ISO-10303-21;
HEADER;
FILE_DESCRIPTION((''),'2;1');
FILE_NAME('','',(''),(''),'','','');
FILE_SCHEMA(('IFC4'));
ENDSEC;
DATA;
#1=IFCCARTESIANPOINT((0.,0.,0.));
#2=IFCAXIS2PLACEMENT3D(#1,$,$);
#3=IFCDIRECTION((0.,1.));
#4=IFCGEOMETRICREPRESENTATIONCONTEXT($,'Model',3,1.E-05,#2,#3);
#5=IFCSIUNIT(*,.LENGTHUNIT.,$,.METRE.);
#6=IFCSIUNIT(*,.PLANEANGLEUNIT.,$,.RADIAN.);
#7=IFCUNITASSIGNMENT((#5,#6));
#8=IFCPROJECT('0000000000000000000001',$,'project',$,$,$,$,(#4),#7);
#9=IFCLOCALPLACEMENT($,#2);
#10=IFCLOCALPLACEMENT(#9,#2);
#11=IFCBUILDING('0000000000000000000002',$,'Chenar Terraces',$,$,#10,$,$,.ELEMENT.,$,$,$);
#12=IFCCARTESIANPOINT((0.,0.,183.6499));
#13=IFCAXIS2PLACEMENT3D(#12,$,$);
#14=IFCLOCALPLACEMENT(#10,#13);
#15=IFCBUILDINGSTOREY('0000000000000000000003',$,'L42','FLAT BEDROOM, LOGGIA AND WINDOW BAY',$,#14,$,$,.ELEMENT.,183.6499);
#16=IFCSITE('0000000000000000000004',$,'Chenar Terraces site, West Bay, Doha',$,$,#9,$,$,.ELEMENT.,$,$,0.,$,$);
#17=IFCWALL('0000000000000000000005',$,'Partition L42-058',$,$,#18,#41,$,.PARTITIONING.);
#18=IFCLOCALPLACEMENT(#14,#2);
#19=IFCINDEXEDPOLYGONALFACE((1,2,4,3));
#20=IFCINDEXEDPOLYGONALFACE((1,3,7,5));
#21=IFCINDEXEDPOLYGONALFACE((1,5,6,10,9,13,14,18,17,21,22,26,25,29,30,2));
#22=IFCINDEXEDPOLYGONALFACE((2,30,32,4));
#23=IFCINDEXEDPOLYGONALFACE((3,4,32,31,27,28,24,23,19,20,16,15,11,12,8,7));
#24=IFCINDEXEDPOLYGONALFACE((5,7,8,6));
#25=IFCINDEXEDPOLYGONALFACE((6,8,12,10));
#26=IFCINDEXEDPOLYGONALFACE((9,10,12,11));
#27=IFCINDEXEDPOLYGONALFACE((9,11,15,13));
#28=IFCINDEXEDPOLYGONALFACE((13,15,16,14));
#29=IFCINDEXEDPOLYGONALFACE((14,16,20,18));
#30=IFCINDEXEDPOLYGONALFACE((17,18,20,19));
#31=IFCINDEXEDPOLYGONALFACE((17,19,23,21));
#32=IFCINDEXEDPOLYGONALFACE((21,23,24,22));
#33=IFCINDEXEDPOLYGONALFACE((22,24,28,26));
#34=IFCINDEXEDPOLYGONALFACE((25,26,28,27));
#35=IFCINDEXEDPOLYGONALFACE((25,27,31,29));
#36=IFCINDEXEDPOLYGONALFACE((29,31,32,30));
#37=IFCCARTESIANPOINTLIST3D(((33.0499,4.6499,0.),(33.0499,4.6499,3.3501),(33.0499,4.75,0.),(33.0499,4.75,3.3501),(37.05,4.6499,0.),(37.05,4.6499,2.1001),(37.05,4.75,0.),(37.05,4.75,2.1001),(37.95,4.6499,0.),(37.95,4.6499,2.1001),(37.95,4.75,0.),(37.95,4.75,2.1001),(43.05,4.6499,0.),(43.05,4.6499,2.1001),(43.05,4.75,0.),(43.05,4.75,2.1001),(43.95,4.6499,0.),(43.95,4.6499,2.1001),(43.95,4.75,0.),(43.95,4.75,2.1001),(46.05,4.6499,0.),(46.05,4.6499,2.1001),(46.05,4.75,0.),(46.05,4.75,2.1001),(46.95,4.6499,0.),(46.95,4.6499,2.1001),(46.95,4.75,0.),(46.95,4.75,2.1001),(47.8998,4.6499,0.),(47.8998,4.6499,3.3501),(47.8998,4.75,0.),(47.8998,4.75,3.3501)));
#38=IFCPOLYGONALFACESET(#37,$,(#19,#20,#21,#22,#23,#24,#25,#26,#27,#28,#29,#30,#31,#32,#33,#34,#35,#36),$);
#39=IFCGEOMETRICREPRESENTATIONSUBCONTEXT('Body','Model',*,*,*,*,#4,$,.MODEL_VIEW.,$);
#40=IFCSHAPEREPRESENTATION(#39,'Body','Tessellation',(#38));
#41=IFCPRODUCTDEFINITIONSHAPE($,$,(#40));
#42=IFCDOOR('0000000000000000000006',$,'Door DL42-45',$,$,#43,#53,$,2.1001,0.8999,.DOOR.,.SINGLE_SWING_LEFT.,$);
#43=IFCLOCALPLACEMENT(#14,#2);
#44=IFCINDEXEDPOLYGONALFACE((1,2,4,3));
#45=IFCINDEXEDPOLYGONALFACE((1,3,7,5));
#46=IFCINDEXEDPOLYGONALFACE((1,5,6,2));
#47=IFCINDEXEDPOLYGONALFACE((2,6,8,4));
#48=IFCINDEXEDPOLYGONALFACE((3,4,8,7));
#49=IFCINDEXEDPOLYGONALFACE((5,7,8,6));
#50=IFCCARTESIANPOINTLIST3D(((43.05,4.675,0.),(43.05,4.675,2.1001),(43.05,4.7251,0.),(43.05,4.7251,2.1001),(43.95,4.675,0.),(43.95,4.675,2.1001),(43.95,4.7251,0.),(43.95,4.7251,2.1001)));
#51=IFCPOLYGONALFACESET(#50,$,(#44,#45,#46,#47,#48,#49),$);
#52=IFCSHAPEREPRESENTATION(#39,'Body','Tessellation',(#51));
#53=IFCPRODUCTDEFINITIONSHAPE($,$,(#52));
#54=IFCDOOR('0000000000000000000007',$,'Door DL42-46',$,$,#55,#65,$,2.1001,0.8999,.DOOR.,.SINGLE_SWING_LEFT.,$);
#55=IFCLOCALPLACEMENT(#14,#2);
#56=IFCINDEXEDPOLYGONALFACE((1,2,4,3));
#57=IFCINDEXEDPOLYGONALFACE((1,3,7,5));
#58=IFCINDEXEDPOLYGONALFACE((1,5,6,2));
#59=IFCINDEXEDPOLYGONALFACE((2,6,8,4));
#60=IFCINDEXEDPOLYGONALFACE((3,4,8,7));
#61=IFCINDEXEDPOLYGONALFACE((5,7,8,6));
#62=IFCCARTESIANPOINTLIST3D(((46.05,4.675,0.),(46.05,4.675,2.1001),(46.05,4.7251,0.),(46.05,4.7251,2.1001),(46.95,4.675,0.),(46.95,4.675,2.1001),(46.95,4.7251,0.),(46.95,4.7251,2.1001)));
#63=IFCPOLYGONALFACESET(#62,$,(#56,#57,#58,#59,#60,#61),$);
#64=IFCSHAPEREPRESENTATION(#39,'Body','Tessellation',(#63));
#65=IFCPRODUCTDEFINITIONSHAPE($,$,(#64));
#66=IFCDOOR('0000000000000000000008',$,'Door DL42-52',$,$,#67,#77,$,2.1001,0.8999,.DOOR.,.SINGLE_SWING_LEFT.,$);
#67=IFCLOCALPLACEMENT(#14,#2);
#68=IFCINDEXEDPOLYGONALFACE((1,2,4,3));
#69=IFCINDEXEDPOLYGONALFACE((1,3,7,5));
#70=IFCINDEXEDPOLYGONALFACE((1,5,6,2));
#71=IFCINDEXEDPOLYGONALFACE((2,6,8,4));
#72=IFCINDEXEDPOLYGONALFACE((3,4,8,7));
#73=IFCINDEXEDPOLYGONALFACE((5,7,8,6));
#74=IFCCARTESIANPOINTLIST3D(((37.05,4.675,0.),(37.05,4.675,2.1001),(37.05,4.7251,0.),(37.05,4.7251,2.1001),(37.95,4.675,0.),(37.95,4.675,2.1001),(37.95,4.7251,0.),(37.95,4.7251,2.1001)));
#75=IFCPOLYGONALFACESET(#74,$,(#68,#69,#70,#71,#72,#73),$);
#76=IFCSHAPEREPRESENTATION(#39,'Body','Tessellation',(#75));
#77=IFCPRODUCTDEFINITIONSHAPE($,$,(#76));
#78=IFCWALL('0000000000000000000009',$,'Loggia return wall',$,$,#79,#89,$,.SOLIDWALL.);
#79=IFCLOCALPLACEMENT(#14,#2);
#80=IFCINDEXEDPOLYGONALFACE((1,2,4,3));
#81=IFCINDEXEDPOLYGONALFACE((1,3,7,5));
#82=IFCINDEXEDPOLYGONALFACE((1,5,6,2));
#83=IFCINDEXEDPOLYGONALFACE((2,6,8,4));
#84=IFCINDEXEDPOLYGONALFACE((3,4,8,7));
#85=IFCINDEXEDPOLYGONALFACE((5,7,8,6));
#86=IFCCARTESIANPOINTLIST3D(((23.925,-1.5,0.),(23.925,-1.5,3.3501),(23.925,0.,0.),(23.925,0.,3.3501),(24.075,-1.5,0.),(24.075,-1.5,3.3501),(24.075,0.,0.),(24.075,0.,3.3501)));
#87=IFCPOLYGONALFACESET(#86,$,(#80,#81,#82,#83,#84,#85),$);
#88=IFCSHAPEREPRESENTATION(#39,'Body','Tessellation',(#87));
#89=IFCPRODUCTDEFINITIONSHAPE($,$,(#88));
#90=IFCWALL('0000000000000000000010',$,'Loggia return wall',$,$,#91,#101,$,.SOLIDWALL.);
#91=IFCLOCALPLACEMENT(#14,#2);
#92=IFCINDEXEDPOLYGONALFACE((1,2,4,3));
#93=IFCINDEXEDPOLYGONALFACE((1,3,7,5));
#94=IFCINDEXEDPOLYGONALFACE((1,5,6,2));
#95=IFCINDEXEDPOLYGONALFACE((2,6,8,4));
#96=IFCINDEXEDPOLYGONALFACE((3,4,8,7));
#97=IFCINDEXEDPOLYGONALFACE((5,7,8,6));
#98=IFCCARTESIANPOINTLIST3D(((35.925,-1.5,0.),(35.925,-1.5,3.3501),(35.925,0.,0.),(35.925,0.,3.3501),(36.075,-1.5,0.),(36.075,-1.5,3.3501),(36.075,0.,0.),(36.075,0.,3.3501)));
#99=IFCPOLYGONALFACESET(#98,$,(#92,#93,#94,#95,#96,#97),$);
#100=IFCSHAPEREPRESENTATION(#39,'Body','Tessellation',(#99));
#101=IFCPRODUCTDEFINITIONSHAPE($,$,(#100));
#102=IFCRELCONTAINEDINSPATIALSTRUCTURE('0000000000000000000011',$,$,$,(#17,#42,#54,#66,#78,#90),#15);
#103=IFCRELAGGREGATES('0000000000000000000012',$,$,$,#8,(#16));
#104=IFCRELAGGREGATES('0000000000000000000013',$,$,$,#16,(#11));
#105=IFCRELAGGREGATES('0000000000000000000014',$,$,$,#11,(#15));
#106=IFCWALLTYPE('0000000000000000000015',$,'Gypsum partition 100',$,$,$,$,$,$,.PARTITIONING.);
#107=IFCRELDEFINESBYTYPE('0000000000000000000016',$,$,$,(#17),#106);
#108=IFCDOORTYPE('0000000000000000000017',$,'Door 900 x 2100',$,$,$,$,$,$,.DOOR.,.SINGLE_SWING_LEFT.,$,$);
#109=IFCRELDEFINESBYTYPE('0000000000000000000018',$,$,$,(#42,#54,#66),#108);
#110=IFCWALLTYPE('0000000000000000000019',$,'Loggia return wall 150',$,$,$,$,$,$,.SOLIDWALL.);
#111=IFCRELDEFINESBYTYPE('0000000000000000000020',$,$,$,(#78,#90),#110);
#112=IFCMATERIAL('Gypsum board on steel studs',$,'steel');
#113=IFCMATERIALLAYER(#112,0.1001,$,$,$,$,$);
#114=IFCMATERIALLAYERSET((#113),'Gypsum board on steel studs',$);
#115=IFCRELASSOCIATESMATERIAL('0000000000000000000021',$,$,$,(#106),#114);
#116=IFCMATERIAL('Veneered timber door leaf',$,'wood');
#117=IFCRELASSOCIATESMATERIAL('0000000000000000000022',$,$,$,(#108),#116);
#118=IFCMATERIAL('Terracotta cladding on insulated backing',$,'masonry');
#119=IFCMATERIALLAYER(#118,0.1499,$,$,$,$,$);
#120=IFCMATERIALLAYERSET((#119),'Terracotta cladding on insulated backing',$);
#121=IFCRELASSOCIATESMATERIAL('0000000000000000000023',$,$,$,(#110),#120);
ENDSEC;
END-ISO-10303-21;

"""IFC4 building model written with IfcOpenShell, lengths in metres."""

from ifc_helpers import new_model, si_unit, direction, frame, frame_2d, origin, place, context, subcontext, project, spatial, rectangle, extrude, material, layer, layer_set, type_object, element, fill, save


model = new_model("IFC4")

# Units and contexts
model_context = context("Model", 3, precision=1e-05, world=origin(), true_north=direction((0.0, 1.0)))
body_context = subcontext(model_context, "Body", "Model", "MODEL_VIEW")
ifc_project = project(units=[si_unit("LENGTHUNIT", "METRE"), si_unit("PLANEANGLEUNIT", "RADIAN")], contexts=[model_context])

# Site, building, storey
site_placement = place(None, origin())
site = spatial("IfcSite", under=ifc_project, at=site_placement, Name="Chenar Terraces site, West Bay, Doha", CompositionType="ELEMENT", RefElevation=0.0)
building_placement = place(site_placement, origin())
building = spatial("IfcBuilding", under=site, at=building_placement, Name="Chenar Terraces", CompositionType="ELEMENT")
storey_placement = place(building_placement, frame((0.0, 0.0, 183.6499)))
storey = spatial("IfcBuildingStorey", under=building, at=storey_placement, Name="L42", Description="FLAT BEDROOM, LOGGIA AND WINDOW BAY", CompositionType="ELEMENT", Elevation=183.6499)

# Shared definitions
ifc_material_1 = material(Name="Gypsum board on steel studs", Category="steel")
ifc_layer_1 = layer(ifc_material_1, 0.1001)
ifc_layer_set_1 = layer_set([ifc_layer_1], Name="Gypsum board on steel studs")
wall_type_1 = type_object("IfcWallType", Name="Gypsum partition 100", PredefinedType="PARTITIONING", material=ifc_layer_set_1)

# Shared definitions
ifc_material_2 = material(Name="Veneered timber door leaf", Category="wood")
door_type_1 = type_object("IfcDoorType", Name="Door 900 x 2100", OperationType="SINGLE_SWING_LEFT", PredefinedType="DOOR", material=ifc_material_2)

# Wall, openings, doors
wall_1_placement = place(storey_placement, frame((33.05, 4.7, 0.0), z_axis=(0.0, 0.0, 1.0), x_axis=(1.0, 0.0, 0.0)))
wall_1 = element("IfcWall", 1, at=wall_1_placement, inside=storey, type_object=wall_type_1, Name="Partition L42-058", PredefinedType="PARTITIONING", context=body_context, shape_type="SweptSolid", body=[
    extrude(rectangle(XDim=14.8499, YDim=0.1001, at=frame_2d((7.4248, 0.0))), origin(), (0.0, 0.0, 1.0), 3.3501),
])
opening_1_placement = place(wall_1_placement, frame((10.0, 0.0, 0.0)))
opening_1 = element("IfcOpeningElement", 2, at=opening_1_placement, cuts=wall_1, PredefinedType="OPENING", context=body_context, shape_type="SweptSolid", body=[
    extrude(rectangle(XDim=0.8999, YDim=2.1001, at=frame_2d((0.45, 1.05))), frame((0.0, 0.0601, 0.0), z_axis=(0.0, -1.0, 0.0), x_axis=(1.0, 0.0, 0.0)), (0.0, 0.0, 1.0), 0.1201),
])
opening_2_placement = place(wall_1_placement, frame((13.0, 0.0, 0.0)))
opening_2 = element("IfcOpeningElement", 3, at=opening_2_placement, cuts=wall_1, PredefinedType="OPENING", context=body_context, shape_type="SweptSolid", body=[
    extrude(rectangle(XDim=0.8999, YDim=2.1001, at=frame_2d((0.45, 1.05))), frame((0.0, 0.0601, 0.0), z_axis=(0.0, -1.0, 0.0), x_axis=(1.0, 0.0, 0.0)), (0.0, 0.0, 1.0), 0.1201),
])
opening_3_placement = place(wall_1_placement, frame((4.0, 0.0, 0.0)))
opening_3 = element("IfcOpeningElement", 4, at=opening_3_placement, cuts=wall_1, PredefinedType="OPENING", context=body_context, shape_type="SweptSolid", body=[
    extrude(rectangle(XDim=0.8999, YDim=2.1001, at=frame_2d((0.45, 1.05))), frame((0.0, 0.0601, 0.0), z_axis=(0.0, -1.0, 0.0), x_axis=(1.0, 0.0, 0.0)), (0.0, 0.0, 1.0), 0.1201),
])
door_1_placement = place(opening_1_placement, frame((0.8999, 0.0, 0.0), z_axis=(0.0, 0.0, 1.0), x_axis=(-1.0, 0.0, 0.0)))
door_1 = element("IfcDoor", 5, at=door_1_placement, inside=storey, type_object=door_type_1, Name="Door DL42-45", OperationType="SINGLE_SWING_LEFT", OverallHeight=2.1001, OverallWidth=0.8999, PredefinedType="DOOR", context=body_context, shape_type="SweptSolid", body=[
    extrude(rectangle(XDim=0.8999, YDim=2.1001, at=frame_2d((0.45, 1.05))), frame((0.0, 0.0249, 0.0), z_axis=(0.0, -1.0, 0.0), x_axis=(1.0, 0.0, 0.0)), (0.0, 0.0, 1.0), 0.05),
])
fill(opening_1, door_1)
door_2_placement = place(opening_2_placement, frame((0.8999, 0.0, 0.0), z_axis=(0.0, 0.0, 1.0), x_axis=(-1.0, 0.0, 0.0)))
door_2 = element("IfcDoor", 6, at=door_2_placement, inside=storey, type_object=door_type_1, Name="Door DL42-46", OperationType="SINGLE_SWING_LEFT", OverallHeight=2.1001, OverallWidth=0.8999, PredefinedType="DOOR", context=body_context, shape_type="SweptSolid", body=[
    extrude(rectangle(XDim=0.8999, YDim=2.1001, at=frame_2d((0.45, 1.05))), frame((0.0, 0.0249, 0.0), z_axis=(0.0, -1.0, 0.0), x_axis=(1.0, 0.0, 0.0)), (0.0, 0.0, 1.0), 0.05),
])
fill(opening_2, door_2)
door_3_placement = place(opening_3_placement, frame((0.8999, 0.0, 0.0), z_axis=(0.0, 0.0, 1.0), x_axis=(-1.0, 0.0, 0.0)))
door_3 = element("IfcDoor", 7, at=door_3_placement, inside=storey, type_object=door_type_1, Name="Door DL42-52", OperationType="SINGLE_SWING_LEFT", OverallHeight=2.1001, OverallWidth=0.8999, PredefinedType="DOOR", context=body_context, shape_type="SweptSolid", body=[
    extrude(rectangle(XDim=0.8999, YDim=2.1001, at=frame_2d((0.45, 1.05))), frame((0.0, 0.0249, 0.0), z_axis=(0.0, -1.0, 0.0), x_axis=(1.0, 0.0, 0.0)), (0.0, 0.0, 1.0), 0.05),
])
fill(opening_3, door_3)

# Walls
ifc_material_3 = material(Name="Terracotta cladding on insulated backing", Category="masonry")
ifc_layer_2 = layer(ifc_material_3, 0.1499)
ifc_layer_set_2 = layer_set([ifc_layer_2], Name="Terracotta cladding on insulated backing")
wall_type_2 = type_object("IfcWallType", Name="Loggia return wall 150", PredefinedType="SOLIDWALL", material=ifc_layer_set_2)
for number, where, z_axis, x_axis, name in (
    (8, (24.0, -1.5, 0.0), (0.0, 0.0, 1.0), (0.0, 1.0, 0.0), "Loggia return wall"),
    (9, (36.0, -1.5, 0.0), (0.0, 0.0, 1.0), (0.0, 1.0, 0.0), "Loggia return wall"),
):
    element("IfcWall", number, at=place(storey_placement, frame(where, z_axis=z_axis, x_axis=x_axis)), inside=storey, type_object=wall_type_2, Name=name, PredefinedType="SOLIDWALL", context=body_context, shape_type="SweptSolid", body=[
        extrude(rectangle(XDim=1.5, YDim=0.1499, at=frame_2d((0.75, 0.0))), origin(), (0.0, 0.0, 1.0), 3.3501),
    ])

save(model, "model.ifc")
